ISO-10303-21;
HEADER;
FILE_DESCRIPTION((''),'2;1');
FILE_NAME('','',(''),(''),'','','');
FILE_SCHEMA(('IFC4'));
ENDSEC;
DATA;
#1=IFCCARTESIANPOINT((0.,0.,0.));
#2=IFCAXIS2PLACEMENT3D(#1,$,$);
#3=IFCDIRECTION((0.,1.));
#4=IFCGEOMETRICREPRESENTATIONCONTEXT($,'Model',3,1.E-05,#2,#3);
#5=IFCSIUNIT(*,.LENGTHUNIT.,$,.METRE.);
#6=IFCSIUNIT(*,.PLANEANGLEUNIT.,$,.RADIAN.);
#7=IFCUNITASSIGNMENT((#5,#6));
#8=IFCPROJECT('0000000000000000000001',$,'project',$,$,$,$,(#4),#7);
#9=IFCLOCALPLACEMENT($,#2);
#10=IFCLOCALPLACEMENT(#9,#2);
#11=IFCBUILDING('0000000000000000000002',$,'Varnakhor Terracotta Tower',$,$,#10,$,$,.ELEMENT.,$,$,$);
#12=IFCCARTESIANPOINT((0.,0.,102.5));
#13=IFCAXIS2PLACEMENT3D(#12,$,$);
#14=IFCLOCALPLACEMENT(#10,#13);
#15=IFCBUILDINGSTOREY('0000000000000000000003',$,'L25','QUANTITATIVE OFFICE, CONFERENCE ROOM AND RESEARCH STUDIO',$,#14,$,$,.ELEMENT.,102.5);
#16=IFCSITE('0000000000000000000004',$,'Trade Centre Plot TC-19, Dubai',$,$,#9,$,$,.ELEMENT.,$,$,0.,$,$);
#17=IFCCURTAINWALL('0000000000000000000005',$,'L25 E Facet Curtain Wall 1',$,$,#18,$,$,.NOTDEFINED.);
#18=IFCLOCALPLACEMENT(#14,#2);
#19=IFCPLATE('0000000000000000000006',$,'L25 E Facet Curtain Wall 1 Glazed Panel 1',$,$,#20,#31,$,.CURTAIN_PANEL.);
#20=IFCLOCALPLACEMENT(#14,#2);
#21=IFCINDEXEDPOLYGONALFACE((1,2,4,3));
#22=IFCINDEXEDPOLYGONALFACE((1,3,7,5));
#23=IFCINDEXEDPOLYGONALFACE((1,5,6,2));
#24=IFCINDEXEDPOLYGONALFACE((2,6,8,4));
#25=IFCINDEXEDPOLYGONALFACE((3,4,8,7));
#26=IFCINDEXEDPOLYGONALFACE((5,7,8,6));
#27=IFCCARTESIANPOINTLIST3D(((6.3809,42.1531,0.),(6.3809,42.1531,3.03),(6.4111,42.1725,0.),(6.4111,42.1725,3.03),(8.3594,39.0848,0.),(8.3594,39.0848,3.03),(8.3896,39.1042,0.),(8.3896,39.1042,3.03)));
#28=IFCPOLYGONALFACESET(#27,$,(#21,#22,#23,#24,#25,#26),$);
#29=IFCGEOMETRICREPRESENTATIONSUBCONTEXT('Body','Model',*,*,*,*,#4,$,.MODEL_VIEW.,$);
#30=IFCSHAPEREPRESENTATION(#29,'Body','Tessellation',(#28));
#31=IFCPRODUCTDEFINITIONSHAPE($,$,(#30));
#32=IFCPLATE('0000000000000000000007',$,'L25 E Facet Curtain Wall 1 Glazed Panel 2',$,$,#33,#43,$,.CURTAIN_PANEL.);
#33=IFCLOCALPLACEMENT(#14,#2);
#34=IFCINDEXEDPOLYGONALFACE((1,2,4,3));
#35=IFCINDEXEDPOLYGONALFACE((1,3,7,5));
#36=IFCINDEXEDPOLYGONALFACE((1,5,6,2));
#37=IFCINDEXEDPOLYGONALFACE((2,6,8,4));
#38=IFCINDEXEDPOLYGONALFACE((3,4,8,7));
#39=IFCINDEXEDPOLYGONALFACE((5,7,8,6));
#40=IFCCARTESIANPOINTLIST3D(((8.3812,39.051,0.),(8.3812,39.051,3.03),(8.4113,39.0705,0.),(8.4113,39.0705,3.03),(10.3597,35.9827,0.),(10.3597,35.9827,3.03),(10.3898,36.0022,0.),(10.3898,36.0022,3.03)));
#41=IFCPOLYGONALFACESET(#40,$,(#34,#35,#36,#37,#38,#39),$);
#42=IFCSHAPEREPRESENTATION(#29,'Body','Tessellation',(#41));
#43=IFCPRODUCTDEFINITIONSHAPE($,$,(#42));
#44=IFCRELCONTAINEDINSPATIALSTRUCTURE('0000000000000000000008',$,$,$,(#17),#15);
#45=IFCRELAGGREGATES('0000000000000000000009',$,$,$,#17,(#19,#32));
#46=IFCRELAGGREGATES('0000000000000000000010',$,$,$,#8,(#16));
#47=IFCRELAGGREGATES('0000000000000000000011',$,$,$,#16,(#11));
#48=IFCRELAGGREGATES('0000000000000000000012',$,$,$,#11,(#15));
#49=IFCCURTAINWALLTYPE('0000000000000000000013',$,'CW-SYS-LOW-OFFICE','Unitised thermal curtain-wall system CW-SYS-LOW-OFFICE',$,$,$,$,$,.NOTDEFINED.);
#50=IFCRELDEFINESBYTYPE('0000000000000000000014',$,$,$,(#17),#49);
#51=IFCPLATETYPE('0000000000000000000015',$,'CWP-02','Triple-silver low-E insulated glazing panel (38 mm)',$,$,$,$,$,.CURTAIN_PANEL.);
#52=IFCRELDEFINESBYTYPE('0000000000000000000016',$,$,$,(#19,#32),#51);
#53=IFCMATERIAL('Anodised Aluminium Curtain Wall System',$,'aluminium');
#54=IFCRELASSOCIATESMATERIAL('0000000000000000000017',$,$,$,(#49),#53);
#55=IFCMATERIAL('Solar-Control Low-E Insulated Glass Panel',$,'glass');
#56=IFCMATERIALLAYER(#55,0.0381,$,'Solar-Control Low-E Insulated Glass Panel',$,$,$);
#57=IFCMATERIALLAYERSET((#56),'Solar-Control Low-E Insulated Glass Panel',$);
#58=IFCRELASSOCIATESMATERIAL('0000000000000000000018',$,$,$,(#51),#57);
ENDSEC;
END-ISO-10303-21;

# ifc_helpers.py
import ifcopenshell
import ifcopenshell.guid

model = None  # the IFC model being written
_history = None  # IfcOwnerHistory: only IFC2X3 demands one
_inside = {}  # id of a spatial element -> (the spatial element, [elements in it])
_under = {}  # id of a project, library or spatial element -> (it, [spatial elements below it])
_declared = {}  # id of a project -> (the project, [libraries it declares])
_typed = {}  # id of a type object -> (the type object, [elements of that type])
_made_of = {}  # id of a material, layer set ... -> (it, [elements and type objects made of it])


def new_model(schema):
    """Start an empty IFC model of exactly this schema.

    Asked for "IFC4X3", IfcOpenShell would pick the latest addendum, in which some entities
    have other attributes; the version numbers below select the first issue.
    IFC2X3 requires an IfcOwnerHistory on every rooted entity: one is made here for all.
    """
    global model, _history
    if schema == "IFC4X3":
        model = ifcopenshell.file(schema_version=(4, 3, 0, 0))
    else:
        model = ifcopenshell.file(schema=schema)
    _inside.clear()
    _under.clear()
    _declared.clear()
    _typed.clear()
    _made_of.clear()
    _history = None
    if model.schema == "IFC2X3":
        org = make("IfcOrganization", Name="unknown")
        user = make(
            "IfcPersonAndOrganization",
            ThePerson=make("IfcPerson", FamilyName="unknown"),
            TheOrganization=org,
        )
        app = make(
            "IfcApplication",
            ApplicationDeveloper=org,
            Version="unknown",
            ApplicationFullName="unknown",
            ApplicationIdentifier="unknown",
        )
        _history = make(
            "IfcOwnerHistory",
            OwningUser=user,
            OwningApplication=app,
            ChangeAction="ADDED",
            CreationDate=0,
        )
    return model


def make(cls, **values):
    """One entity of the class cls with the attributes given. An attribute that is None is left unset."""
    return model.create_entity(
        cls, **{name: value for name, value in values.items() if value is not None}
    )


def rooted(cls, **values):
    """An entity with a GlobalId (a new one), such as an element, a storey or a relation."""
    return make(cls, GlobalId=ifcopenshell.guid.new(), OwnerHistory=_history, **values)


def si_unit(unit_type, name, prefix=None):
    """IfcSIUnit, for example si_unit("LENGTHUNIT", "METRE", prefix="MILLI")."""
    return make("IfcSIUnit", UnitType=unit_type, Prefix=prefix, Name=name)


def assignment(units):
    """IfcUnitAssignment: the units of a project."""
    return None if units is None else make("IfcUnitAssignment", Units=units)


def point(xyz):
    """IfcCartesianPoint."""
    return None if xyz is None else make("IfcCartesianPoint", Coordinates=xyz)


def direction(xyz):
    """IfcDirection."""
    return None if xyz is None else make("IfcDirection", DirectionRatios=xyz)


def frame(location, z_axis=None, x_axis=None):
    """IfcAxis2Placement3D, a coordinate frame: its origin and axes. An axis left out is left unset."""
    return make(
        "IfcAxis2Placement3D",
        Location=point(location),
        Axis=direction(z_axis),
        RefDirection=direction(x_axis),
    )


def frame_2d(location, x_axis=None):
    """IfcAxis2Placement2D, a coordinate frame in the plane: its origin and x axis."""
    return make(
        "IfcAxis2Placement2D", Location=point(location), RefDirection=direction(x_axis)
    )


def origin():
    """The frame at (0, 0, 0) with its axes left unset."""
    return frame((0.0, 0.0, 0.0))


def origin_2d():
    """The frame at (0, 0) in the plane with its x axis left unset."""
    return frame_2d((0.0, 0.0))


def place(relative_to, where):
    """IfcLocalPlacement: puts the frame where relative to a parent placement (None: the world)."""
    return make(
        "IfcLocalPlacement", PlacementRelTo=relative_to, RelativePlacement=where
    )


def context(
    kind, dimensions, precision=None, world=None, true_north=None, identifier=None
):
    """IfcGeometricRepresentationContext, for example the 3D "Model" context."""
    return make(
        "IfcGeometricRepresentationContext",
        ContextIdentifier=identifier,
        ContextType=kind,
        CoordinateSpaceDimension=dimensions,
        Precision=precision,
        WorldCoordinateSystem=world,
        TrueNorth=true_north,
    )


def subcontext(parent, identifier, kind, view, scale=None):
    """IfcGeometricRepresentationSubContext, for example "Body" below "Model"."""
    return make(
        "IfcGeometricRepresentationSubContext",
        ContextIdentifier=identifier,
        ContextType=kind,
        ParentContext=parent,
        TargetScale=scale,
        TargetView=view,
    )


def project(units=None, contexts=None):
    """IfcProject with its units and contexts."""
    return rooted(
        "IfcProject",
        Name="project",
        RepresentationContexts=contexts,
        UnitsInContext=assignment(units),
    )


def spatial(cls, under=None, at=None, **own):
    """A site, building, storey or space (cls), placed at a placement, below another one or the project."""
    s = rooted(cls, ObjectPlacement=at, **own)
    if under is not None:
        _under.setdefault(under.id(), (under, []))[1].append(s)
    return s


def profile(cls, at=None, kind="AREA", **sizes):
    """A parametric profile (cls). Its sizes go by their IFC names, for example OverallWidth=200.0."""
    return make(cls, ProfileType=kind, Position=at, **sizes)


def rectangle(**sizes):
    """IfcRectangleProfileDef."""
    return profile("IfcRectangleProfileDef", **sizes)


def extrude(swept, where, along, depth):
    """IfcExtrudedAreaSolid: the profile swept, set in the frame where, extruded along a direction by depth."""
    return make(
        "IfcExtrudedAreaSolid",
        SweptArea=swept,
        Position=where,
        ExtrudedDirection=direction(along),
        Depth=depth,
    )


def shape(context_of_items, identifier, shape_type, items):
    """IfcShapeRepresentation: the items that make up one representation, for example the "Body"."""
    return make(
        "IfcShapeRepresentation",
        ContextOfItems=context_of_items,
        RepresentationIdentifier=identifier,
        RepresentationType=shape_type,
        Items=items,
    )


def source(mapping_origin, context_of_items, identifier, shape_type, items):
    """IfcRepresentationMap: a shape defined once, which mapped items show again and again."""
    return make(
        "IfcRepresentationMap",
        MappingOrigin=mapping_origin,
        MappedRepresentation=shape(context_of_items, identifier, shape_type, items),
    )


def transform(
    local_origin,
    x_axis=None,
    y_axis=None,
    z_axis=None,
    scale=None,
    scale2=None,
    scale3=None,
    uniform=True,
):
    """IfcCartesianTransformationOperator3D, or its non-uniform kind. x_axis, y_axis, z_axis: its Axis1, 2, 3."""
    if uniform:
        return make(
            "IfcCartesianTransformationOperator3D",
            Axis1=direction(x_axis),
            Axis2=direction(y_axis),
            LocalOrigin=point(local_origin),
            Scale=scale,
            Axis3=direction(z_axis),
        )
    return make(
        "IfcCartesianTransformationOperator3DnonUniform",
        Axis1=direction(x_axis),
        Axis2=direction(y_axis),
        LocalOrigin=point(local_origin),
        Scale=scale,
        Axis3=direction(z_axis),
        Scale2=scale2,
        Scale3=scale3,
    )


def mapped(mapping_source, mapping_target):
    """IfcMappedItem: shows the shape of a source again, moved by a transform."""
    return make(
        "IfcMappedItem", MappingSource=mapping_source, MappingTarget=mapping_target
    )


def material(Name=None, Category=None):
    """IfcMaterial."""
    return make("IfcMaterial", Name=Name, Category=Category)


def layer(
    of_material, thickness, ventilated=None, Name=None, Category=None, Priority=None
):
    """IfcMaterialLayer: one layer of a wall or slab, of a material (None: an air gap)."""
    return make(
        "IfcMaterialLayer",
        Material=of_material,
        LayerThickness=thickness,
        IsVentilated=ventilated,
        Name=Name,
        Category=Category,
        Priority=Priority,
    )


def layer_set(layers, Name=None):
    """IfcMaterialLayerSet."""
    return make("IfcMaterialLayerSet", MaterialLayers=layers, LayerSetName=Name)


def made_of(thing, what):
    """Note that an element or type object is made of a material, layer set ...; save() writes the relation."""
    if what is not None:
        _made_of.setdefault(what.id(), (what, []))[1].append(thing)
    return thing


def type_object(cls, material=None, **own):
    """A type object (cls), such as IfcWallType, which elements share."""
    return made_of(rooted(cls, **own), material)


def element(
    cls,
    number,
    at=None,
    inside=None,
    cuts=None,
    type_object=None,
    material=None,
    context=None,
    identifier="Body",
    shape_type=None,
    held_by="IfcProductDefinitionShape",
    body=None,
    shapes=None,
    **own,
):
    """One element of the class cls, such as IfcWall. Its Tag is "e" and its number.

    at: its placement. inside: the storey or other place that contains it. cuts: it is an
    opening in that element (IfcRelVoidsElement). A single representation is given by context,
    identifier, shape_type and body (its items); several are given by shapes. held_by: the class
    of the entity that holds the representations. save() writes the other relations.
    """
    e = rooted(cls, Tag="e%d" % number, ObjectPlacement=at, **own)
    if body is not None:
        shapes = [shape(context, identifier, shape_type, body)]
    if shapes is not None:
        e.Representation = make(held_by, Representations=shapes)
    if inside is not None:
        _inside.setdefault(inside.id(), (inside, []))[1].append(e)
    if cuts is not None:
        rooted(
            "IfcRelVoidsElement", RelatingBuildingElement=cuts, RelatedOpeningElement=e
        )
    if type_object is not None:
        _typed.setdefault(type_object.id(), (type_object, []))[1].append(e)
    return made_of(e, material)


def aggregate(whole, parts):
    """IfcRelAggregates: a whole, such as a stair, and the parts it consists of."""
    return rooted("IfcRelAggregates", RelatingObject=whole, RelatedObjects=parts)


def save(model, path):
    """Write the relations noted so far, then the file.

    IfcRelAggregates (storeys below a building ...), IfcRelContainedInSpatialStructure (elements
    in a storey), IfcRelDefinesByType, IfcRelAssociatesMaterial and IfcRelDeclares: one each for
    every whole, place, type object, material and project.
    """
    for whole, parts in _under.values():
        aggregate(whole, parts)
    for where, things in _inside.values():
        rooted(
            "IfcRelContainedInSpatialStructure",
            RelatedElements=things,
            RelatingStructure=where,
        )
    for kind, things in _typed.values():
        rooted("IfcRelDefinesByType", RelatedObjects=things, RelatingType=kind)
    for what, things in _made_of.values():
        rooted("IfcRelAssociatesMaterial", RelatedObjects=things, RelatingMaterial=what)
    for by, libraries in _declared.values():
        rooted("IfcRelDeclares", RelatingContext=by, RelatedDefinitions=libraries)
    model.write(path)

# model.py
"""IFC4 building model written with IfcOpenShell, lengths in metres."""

from ifc_helpers import new_model, si_unit, direction, frame, origin, origin_2d, place, context, subcontext, project, spatial, rectangle, extrude, source, transform, mapped, material, layer, layer_set, type_object, element, aggregate, save


model = new_model("IFC4")

# Units and contexts
model_context = context("Model", 3, precision=1e-05, world=origin(), true_north=direction((0.0, 1.0)))
body_context = subcontext(model_context, "Body", "Model", "MODEL_VIEW")
ifc_project = project(units=[si_unit("LENGTHUNIT", "METRE"), si_unit("PLANEANGLEUNIT", "RADIAN")], contexts=[model_context])

# Site, building, storey
site_placement = place(None, origin())
site = spatial("IfcSite", under=ifc_project, at=site_placement, Name="Trade Centre Plot TC-19, Dubai", CompositionType="ELEMENT", RefElevation=0.0)
building_placement = place(site_placement, origin())
building = spatial("IfcBuilding", under=site, at=building_placement, Name="Varnakhor Terracotta Tower", CompositionType="ELEMENT")
storey_placement = place(building_placement, frame((0.0, 0.0, 102.5)))
storey = spatial("IfcBuildingStorey", under=building, at=storey_placement, Name="L25", Description="QUANTITATIVE OFFICE, CONFERENCE ROOM AND RESEARCH STUDIO", CompositionType="ELEMENT", Elevation=102.5)

# Shared definitions
ifc_material_1 = material(Name="Anodised Aluminium Curtain Wall System", Category="aluminium")
curtain_wall_type = type_object("IfcCurtainWallType", Name="CW-SYS-LOW-OFFICE", Description="Unitised thermal curtain-wall system CW-SYS-LOW-OFFICE", PredefinedType="NOTDEFINED", material=ifc_material_1)

# Curtain wall
curtain_wall_1_placement = place(storey_placement, origin())
curtain_wall_1 = element("IfcCurtainWall", 1, at=curtain_wall_1_placement, inside=storey, type_object=curtain_wall_type, Name="L25 E Facet Curtain Wall 1", PredefinedType="NOTDEFINED")

# Plates
ifc_material_2 = material(Name="Solar-Control Low-E Insulated Glass Panel", Category="glass")
ifc_layer = layer(ifc_material_2, 0.0381, Name="Solar-Control Low-E Insulated Glass Panel")
ifc_layer_set = layer_set([ifc_layer], Name="Solar-Control Low-E Insulated Glass Panel")
plate_type = type_object("IfcPlateType", Name="CWP-02", Description="Triple-silver low-E insulated glazing panel (38 mm)", PredefinedType="CURTAIN_PANEL", material=ifc_layer_set)
shared_shape_1 = source(origin(), body_context, "Body", "SweptSolid", [
    extrude(rectangle(XDim=3.6509, YDim=0.0359, at=origin_2d()), origin(), (0.0, 0.0, 1.0), 3.03),
])
plate_1_placement = place(storey_placement, frame((7.3853, 40.6287, 0.0), z_axis=(0.0, 0.0, 1.0), x_axis=(0.541928, -0.840425, 0.0)))
plate_1 = element("IfcPlate", 2, at=plate_1_placement, type_object=plate_type, Name="L25 E Facet Curtain Wall 1 Glazed Panel 1", PredefinedType="CURTAIN_PANEL", context=body_context, shape_type="MappedRepresentation", body=[
    mapped(shared_shape_1, transform((0.0, 0.0, 0.0), scale=1.0)),
])
plate_2_placement = place(storey_placement, frame((9.3855, 37.5266, 0.0), z_axis=(0.0, 0.0, 1.0), x_axis=(0.541928, -0.840425, 0.0)))
plate_2 = element("IfcPlate", 3, at=plate_2_placement, type_object=plate_type, Name="L25 E Facet Curtain Wall 1 Glazed Panel 2", PredefinedType="CURTAIN_PANEL", context=body_context, shape_type="MappedRepresentation", body=[
    mapped(shared_shape_1, transform((0.0, 0.0, 0.0), scale=1.0)),
])
aggregate(curtain_wall_1, [plate_1, plate_2])

save(model, "model.ifc")
